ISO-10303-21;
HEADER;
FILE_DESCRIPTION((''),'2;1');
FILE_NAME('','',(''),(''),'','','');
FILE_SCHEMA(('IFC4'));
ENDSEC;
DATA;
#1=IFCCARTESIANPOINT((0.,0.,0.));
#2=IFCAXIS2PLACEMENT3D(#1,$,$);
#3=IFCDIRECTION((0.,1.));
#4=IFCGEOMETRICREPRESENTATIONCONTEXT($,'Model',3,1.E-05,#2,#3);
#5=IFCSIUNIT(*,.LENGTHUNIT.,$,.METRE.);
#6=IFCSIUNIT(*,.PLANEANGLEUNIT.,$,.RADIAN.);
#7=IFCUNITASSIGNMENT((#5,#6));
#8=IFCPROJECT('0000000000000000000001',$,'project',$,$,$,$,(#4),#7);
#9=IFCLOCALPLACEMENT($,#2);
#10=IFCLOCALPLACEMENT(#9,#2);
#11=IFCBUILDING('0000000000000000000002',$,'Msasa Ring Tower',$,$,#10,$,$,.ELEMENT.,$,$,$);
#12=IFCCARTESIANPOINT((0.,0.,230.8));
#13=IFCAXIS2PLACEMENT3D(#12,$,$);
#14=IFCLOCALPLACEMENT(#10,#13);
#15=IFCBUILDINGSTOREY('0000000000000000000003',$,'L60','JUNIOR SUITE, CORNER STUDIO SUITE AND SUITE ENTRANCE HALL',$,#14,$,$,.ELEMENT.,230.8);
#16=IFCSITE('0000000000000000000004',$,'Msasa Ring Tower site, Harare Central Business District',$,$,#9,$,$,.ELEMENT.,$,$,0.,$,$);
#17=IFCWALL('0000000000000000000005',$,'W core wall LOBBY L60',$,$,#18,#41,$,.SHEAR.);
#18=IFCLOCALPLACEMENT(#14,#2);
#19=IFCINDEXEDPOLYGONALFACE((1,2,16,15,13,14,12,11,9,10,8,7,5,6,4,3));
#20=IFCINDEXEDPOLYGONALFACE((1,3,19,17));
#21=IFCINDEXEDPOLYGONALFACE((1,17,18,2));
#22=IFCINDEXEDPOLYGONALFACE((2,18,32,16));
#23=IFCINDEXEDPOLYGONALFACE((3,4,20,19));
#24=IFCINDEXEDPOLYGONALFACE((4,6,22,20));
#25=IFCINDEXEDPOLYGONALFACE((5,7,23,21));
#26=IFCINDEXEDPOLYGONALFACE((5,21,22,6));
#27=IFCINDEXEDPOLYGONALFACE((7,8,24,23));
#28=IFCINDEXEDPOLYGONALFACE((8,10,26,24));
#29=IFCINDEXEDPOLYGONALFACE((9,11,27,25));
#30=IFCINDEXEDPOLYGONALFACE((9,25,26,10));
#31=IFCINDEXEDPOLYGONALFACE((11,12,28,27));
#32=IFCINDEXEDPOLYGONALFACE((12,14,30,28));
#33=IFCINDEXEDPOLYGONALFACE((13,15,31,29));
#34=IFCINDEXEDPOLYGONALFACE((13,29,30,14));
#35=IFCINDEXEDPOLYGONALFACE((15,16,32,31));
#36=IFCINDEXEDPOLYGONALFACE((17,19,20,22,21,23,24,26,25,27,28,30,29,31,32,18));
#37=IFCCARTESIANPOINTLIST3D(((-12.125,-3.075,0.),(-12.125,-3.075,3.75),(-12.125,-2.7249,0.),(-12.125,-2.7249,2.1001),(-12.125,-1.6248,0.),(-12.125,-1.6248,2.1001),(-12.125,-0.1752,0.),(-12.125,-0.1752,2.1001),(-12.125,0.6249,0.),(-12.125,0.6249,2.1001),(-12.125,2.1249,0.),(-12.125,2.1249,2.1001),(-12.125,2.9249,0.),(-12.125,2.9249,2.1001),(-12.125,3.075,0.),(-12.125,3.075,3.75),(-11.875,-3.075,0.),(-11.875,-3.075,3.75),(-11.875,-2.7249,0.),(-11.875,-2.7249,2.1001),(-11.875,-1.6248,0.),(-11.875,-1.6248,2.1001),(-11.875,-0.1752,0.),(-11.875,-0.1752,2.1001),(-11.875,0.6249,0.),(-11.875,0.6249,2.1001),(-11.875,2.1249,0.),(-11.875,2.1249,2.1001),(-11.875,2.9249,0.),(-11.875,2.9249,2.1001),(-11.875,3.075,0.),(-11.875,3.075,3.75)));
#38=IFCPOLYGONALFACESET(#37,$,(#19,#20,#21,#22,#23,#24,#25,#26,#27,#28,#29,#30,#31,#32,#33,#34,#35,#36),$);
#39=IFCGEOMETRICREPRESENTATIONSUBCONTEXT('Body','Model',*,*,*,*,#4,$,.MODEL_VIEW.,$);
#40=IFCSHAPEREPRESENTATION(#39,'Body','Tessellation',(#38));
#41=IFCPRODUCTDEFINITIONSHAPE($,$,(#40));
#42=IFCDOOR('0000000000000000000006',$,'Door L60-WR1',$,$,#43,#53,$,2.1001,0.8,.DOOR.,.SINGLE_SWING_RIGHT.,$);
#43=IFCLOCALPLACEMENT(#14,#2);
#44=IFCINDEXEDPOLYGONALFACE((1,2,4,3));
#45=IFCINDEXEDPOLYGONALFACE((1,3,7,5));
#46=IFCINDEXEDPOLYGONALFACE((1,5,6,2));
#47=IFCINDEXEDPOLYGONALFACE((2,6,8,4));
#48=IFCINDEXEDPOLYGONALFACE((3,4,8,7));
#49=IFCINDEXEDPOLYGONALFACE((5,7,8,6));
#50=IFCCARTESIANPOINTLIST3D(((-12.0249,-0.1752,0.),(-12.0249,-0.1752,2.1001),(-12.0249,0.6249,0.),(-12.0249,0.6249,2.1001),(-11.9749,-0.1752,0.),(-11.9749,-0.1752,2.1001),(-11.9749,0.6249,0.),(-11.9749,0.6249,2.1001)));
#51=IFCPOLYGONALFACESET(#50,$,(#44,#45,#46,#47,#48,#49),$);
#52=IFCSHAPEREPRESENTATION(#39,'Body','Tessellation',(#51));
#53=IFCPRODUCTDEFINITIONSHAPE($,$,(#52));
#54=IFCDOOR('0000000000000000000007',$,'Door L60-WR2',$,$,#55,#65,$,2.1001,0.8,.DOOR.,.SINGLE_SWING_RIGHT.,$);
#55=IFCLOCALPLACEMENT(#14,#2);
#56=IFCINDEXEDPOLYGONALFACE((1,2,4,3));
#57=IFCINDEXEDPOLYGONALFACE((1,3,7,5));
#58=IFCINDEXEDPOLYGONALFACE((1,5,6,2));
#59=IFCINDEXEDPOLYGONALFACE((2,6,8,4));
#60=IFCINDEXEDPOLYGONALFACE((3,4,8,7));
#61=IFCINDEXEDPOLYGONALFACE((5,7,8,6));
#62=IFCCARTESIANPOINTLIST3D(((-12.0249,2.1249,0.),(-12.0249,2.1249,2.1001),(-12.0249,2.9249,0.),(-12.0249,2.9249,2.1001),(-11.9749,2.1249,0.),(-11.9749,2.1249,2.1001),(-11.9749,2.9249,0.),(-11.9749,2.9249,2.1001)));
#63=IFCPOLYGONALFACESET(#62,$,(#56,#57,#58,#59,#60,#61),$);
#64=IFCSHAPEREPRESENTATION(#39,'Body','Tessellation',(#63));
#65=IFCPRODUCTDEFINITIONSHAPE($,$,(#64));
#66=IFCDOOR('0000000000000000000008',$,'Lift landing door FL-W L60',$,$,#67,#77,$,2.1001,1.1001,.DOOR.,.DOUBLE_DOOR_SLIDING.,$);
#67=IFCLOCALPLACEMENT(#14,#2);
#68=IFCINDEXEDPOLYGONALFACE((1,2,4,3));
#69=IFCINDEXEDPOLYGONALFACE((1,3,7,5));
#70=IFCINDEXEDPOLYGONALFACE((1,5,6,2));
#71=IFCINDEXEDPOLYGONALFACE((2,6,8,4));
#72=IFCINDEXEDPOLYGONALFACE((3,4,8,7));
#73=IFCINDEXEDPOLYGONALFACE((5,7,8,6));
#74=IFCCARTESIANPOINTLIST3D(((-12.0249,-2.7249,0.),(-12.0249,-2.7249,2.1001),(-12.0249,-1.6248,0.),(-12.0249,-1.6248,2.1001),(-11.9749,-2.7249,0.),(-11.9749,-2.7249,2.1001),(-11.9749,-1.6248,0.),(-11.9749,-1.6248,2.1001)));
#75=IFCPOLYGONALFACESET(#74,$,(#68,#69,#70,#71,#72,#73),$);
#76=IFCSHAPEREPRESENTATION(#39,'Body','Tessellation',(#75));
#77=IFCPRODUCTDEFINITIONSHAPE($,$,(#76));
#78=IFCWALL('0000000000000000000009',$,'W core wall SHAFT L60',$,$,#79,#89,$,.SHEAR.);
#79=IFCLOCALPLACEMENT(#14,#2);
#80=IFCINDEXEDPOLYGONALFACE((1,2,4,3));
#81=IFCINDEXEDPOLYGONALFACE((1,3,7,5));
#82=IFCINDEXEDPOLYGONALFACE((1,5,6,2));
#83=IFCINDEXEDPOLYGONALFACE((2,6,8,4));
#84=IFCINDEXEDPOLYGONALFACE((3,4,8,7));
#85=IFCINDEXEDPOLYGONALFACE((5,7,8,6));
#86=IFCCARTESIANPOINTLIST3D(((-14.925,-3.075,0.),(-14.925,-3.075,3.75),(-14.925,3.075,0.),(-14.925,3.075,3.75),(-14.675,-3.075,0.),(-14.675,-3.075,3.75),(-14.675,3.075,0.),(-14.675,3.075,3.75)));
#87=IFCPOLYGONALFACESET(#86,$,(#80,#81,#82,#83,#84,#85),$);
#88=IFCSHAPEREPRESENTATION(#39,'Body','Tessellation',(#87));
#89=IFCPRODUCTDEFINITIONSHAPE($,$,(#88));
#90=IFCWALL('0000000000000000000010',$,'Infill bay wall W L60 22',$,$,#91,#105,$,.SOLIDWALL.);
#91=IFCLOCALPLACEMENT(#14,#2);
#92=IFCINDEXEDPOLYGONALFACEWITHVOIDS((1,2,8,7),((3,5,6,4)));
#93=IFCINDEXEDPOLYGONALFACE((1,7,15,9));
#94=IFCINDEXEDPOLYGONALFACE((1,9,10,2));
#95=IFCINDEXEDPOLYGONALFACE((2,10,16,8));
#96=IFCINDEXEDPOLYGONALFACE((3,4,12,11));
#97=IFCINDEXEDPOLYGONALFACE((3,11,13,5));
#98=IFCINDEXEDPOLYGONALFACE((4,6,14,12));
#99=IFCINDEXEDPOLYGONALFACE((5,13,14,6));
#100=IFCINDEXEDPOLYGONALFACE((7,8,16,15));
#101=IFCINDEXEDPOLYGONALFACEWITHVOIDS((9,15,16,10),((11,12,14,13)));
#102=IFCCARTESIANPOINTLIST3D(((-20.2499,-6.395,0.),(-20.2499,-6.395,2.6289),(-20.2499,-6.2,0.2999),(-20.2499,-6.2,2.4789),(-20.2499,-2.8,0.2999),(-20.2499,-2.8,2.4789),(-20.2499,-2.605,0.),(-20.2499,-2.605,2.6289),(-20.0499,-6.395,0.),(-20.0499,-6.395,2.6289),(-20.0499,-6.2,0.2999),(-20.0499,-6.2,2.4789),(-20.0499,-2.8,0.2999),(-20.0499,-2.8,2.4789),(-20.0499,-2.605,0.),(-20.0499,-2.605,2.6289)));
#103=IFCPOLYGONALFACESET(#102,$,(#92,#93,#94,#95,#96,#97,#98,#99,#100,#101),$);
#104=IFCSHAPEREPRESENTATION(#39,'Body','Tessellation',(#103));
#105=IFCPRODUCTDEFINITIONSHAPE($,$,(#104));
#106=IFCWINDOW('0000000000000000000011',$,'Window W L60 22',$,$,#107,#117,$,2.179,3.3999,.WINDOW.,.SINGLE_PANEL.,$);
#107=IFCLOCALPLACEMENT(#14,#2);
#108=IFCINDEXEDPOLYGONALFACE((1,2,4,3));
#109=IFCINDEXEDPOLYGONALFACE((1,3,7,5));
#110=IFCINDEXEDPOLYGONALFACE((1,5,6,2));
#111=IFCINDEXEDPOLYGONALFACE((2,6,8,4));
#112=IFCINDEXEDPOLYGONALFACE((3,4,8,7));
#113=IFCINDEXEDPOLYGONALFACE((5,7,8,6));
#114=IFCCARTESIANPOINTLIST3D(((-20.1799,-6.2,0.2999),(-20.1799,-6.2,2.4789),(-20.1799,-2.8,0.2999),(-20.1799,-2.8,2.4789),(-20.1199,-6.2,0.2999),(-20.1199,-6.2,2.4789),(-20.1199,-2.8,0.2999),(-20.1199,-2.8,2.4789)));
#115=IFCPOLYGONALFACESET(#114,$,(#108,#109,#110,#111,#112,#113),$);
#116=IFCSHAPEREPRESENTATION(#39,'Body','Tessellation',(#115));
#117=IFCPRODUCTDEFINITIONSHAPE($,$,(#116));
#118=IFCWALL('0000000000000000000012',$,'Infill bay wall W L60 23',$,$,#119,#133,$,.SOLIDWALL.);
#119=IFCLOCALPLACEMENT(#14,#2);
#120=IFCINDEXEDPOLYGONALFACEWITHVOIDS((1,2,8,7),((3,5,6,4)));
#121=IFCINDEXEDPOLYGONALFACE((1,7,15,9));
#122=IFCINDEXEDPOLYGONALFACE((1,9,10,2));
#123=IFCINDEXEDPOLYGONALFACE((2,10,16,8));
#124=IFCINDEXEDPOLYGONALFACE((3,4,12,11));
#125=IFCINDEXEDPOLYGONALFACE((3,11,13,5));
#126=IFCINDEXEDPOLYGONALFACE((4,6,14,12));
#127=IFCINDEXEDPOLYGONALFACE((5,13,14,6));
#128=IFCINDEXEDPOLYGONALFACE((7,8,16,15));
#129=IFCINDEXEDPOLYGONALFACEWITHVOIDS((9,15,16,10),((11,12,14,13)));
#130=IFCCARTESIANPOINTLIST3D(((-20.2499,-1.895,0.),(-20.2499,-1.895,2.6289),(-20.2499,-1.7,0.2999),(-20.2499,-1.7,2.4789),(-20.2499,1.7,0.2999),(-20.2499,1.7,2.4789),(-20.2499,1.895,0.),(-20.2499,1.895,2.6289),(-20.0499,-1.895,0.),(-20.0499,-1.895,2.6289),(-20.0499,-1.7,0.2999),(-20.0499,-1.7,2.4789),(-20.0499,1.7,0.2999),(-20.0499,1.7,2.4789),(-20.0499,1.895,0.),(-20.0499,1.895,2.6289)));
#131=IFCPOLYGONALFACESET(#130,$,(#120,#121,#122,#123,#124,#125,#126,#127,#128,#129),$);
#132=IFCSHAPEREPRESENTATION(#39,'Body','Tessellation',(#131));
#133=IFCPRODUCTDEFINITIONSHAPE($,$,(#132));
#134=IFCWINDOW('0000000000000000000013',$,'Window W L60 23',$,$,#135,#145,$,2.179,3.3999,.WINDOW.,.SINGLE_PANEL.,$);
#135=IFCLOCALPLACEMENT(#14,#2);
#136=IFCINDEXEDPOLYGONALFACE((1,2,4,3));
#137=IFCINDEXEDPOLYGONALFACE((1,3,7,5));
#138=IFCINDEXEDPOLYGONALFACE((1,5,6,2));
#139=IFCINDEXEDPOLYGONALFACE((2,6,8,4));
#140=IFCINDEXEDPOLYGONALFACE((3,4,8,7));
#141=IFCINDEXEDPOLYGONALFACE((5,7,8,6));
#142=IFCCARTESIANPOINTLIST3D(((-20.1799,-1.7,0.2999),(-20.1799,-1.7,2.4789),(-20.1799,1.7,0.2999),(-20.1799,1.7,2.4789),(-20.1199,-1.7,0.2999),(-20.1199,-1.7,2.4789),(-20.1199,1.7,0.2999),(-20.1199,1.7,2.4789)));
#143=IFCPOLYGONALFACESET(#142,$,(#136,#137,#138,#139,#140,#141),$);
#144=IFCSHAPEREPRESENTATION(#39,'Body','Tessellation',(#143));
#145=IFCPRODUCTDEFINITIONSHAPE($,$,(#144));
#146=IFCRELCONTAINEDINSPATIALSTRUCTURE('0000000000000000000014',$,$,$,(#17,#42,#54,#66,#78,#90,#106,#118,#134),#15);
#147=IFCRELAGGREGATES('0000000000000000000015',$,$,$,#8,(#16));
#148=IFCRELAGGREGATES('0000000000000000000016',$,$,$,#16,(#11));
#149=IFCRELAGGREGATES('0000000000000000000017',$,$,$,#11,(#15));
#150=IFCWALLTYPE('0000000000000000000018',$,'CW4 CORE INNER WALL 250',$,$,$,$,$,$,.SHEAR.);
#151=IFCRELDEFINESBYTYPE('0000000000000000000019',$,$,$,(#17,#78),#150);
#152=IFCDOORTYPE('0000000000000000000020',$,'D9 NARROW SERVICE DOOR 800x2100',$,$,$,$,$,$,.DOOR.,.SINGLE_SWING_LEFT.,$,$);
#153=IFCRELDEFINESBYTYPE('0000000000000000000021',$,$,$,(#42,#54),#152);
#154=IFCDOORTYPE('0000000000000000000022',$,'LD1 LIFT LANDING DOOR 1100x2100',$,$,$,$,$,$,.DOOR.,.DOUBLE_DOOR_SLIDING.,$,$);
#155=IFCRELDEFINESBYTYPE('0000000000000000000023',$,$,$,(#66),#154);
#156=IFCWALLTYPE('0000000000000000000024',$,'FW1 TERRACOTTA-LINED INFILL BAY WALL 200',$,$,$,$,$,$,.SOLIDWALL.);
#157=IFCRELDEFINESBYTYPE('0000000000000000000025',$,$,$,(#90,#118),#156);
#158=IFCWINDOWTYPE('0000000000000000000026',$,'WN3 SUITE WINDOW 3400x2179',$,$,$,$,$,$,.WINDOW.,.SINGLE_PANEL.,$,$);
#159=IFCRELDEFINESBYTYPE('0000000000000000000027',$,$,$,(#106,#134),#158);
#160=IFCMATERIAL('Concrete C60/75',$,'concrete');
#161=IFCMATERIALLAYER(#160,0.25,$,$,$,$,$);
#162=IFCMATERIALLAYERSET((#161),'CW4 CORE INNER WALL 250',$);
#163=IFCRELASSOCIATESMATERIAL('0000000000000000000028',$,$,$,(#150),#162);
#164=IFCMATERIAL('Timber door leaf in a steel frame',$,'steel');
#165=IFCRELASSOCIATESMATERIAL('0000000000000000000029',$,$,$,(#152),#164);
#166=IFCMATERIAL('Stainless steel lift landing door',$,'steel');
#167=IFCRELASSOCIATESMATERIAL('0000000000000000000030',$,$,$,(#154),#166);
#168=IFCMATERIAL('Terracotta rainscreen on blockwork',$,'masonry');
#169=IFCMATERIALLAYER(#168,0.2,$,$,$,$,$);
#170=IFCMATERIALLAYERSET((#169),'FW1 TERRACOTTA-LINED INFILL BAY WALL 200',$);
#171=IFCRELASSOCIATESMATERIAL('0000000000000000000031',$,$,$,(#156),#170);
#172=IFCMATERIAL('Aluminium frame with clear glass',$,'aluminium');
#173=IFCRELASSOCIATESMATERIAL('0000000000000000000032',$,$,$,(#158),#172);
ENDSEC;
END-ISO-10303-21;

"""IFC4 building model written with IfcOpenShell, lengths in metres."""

from ifc_helpers import new_model, si_unit, direction, frame, frame_2d, origin, place, context, subcontext, project, spatial, rectangle, extrude, material, layer, layer_set, type_object, element, fill, save


model = new_model("IFC4")

# Units and contexts
model_context = context("Model", 3, precision=1e-05, world=origin(), true_north=direction((0.0, 1.0)))
body_context = subcontext(model_context, "Body", "Model", "MODEL_VIEW")
ifc_project = project(units=[si_unit("LENGTHUNIT", "METRE"), si_unit("PLANEANGLEUNIT", "RADIAN")], contexts=[model_context])

# Site, building, storey
site_placement = place(None, origin())
site = spatial("IfcSite", under=ifc_project, at=site_placement, Name="Msasa Ring Tower site, Harare Central Business District", CompositionType="ELEMENT", RefElevation=0.0)
building_placement = place(site_placement, origin())
building = spatial("IfcBuilding", under=site, at=building_placement, Name="Msasa Ring Tower", CompositionType="ELEMENT")
storey_placement = place(building_placement, frame((0.0, 0.0, 230.8)))
storey = spatial("IfcBuildingStorey", under=building, at=storey_placement, Name="L60", Description="JUNIOR SUITE, CORNER STUDIO SUITE AND SUITE ENTRANCE HALL", CompositionType="ELEMENT", Elevation=230.8)

# Shared definitions
ifc_material_1 = material(Name="Concrete C60/75", Category="concrete")
ifc_layer_1 = layer(ifc_material_1, 0.25)
ifc_layer_set_1 = layer_set([ifc_layer_1], Name="CW4 CORE INNER WALL 250")
wall_type_1 = type_object("IfcWallType", Name="CW4 CORE INNER WALL 250", PredefinedType="SHEAR", material=ifc_layer_set_1)

# Wall, openings, doors
wall_1_placement = place(storey_placement, frame((-12.0, -3.075, 0.0), z_axis=(0.0, 0.0, 1.0), x_axis=(0.0, 1.0, 0.0)))
wall_1 = element("IfcWall", 1, at=wall_1_placement, inside=storey, type_object=wall_type_1, Name="W core wall LOBBY L60", PredefinedType="SHEAR", context=body_context, shape_type="SweptSolid", body=[
    extrude(rectangle(XDim=6.1499, YDim=0.25, at=frame_2d((3.075, 0.0))), origin(), (0.0, 0.0, 1.0), 3.75),
])
opening_1_placement = place(wall_1_placement, frame((2.8999, 0.0, 0.0)))
opening_1 = element("IfcOpeningElement", 2, at=opening_1_placement, cuts=wall_1, PredefinedType="OPENING", context=body_context, shape_type="SweptSolid", body=[
    extrude(rectangle(XDim=0.8, YDim=2.1001, at=frame_2d((0.3999, 1.05))), frame((0.0, 0.135, 0.0), z_axis=(0.0, -1.0, 0.0), x_axis=(1.0, 0.0, 0.0)), (0.0, 0.0, 1.0), 0.27),
])
opening_2_placement = place(wall_1_placement, frame((5.2, 0.0, 0.0)))
opening_2 = element("IfcOpeningElement", 3, at=opening_2_placement, cuts=wall_1, PredefinedType="OPENING", context=body_context, shape_type="SweptSolid", body=[
    extrude(rectangle(XDim=0.8, YDim=2.1001, at=frame_2d((0.3999, 1.05))), frame((0.0, 0.135, 0.0), z_axis=(0.0, -1.0, 0.0), x_axis=(1.0, 0.0, 0.0)), (0.0, 0.0, 1.0), 0.27),
])
opening_3_placement = place(wall_1_placement, frame((0.3501, 0.0, 0.0)))
opening_3 = element("IfcOpeningElement", 4, at=opening_3_placement, cuts=wall_1, PredefinedType="OPENING", context=body_context, shape_type="SweptSolid", body=[
    extrude(rectangle(XDim=1.1001, YDim=2.1001, at=frame_2d((0.55, 1.05))), frame((0.0, 0.135, 0.0), z_axis=(0.0, -1.0, 0.0), x_axis=(1.0, 0.0, 0.0)), (0.0, 0.0, 1.0), 0.27),
])
ifc_material_2 = material(Name="Timber door leaf in a steel frame", Category="steel")
door_type_1 = type_object("IfcDoorType", Name="D9 NARROW SERVICE DOOR 800x2100", OperationType="SINGLE_SWING_LEFT", PredefinedType="DOOR", material=ifc_material_2)
door_1_placement = place(opening_1_placement, origin())
door_1 = element("IfcDoor", 5, at=door_1_placement, inside=storey, type_object=door_type_1, Name="Door L60-WR1", OperationType="SINGLE_SWING_RIGHT", OverallHeight=2.1001, OverallWidth=0.8, PredefinedType="DOOR", context=body_context, shape_type="SweptSolid", body=[
    extrude(rectangle(XDim=0.8, YDim=2.1001, at=frame_2d((0.3999, 1.05))), frame((0.0, 0.0249, 0.0), z_axis=(0.0, -1.0, 0.0), x_axis=(1.0, 0.0, 0.0)), (0.0, 0.0, 1.0), 0.05),
])
fill(opening_1, door_1)
door_2_placement = place(opening_2_placement, origin())
door_2 = element("IfcDoor", 6, at=door_2_placement, inside=storey, type_object=door_type_1, Name="Door L60-WR2", OperationType="SINGLE_SWING_RIGHT", OverallHeight=2.1001, OverallWidth=0.8, PredefinedType="DOOR", context=body_context, shape_type="SweptSolid", body=[
    extrude(rectangle(XDim=0.8, YDim=2.1001, at=frame_2d((0.3999, 1.05))), frame((0.0, 0.0249, 0.0), z_axis=(0.0, -1.0, 0.0), x_axis=(1.0, 0.0, 0.0)), (0.0, 0.0, 1.0), 0.05),
])
fill(opening_2, door_2)
ifc_material_3 = material(Name="Stainless steel lift landing door", Category="steel")
door_type_2 = type_object("IfcDoorType", Name="LD1 LIFT LANDING DOOR 1100x2100", OperationType="DOUBLE_DOOR_SLIDING", PredefinedType="DOOR", material=ifc_material_3)
door_3_placement = place(opening_3_placement, origin())
door_3 = element("IfcDoor", 7, at=door_3_placement, inside=storey, type_object=door_type_2, Name="Lift landing door FL-W L60", OperationType="DOUBLE_DOOR_SLIDING", OverallHeight=2.1001, OverallWidth=1.1001, PredefinedType="DOOR", context=body_context, shape_type="SweptSolid", body=[
    extrude(rectangle(XDim=1.1001, YDim=2.1001, at=frame_2d((0.55, 1.05))), frame((0.0, 0.0249, 0.0), z_axis=(0.0, -1.0, 0.0), x_axis=(1.0, 0.0, 0.0)), (0.0, 0.0, 1.0), 0.05),
])
fill(opening_3, door_3)

# Wall
wall_2_placement = place(storey_placement, frame((-14.8, -3.075, 0.0), z_axis=(0.0, 0.0, 1.0), x_axis=(0.0, 1.0, 0.0)))
element("IfcWall", 8, at=wall_2_placement, inside=storey, type_object=wall_type_1, Name="W core wall SHAFT L60", PredefinedType="SHEAR", context=body_context, shape_type="SweptSolid", body=[
    extrude(rectangle(XDim=6.1499, YDim=0.25, at=frame_2d((3.075, 0.0))), origin(), (0.0, 0.0, 1.0), 3.75),
])

# Walls, openings, windows
ifc_material_4 = material(Name="Terracotta rainscreen on blockwork", Category="masonry")
ifc_layer_2 = layer(ifc_material_4, 0.2)
ifc_layer_set_2 = layer_set([ifc_layer_2], Name="FW1 TERRACOTTA-LINED INFILL BAY WALL 200")
wall_type_2 = type_object("IfcWallType", Name="FW1 TERRACOTTA-LINED INFILL BAY WALL 200", PredefinedType="SOLIDWALL", material=ifc_layer_set_2)
wall_3_placement = place(storey_placement, frame((-20.1499, -6.395, 0.0), z_axis=(0.0, 0.0, 1.0), x_axis=(0.0, 1.0, 0.0)))
wall_3 = element("IfcWall", 9, at=wall_3_placement, inside=storey, type_object=wall_type_2, Name="Infill bay wall W L60 22", PredefinedType="SOLIDWALL", context=body_context, shape_type="SweptSolid", body=[
    extrude(rectangle(XDim=3.79, YDim=0.2, at=frame_2d((1.895, 0.0))), origin(), (0.0, 0.0, 1.0), 2.6289),
])
opening_4_placement = place(wall_3_placement, frame((0.1951, 0.0, 0.3)))
opening_4 = element("IfcOpeningElement", 10, at=opening_4_placement, cuts=wall_3, PredefinedType="OPENING", context=body_context, shape_type="SweptSolid", body=[
    extrude(rectangle(XDim=3.3999, YDim=2.179, at=frame_2d((1.7, 1.0894))), frame((0.0, 0.1099, 0.0), z_axis=(0.0, -1.0, 0.0), x_axis=(1.0, 0.0, 0.0)), (0.0, 0.0, 1.0), 0.22),
])
ifc_material_5 = material(Name="Aluminium frame with clear glass", Category="aluminium")
window_type = type_object("IfcWindowType", Name="WN3 SUITE WINDOW 3400x2179", PartitioningType="SINGLE_PANEL", PredefinedType="WINDOW", material=ifc_material_5)
window_1_placement = place(opening_4_placement, origin())
window_1 = element("IfcWindow", 11, at=window_1_placement, inside=storey, type_object=window_type, Name="Window W L60 22", OverallHeight=2.179, OverallWidth=3.3999, PartitioningType="SINGLE_PANEL", PredefinedType="WINDOW", context=body_context, shape_type="SweptSolid", body=[
    extrude(rectangle(XDim=3.3999, YDim=2.179, at=frame_2d((1.7, 1.0894))), frame((0.0, 0.03, 0.0), z_axis=(0.0, -1.0, 0.0), x_axis=(1.0, 0.0, 0.0)), (0.0, 0.0, 1.0), 0.0601),
])
fill(opening_4, window_1)
wall_4_placement = place(storey_placement, frame((-20.1499, -1.895, 0.0), z_axis=(0.0, 0.0, 1.0), x_axis=(0.0, 1.0, 0.0)))
wall_4 = element("IfcWall", 12, at=wall_4_placement, inside=storey, type_object=wall_type_2, Name="Infill bay wall W L60 23", PredefinedType="SOLIDWALL", context=body_context, shape_type="SweptSolid", body=[
    extrude(rectangle(XDim=3.79, YDim=0.2, at=frame_2d((1.895, 0.0))), origin(), (0.0, 0.0, 1.0), 2.6289),
])
opening_5_placement = place(wall_4_placement, frame((0.1951, 0.0, 0.3)))
opening_5 = element("IfcOpeningElement", 13, at=opening_5_placement, cuts=wall_4, PredefinedType="OPENING", context=body_context, shape_type="SweptSolid", body=[
    extrude(rectangle(XDim=3.3999, YDim=2.179, at=frame_2d((1.7, 1.0894))), frame((0.0, 0.1099, 0.0), z_axis=(0.0, -1.0, 0.0), x_axis=(1.0, 0.0, 0.0)), (0.0, 0.0, 1.0), 0.22),
])
window_2_placement = place(opening_5_placement, origin())
window_2 = element("IfcWindow", 14, at=window_2_placement, inside=storey, type_object=window_type, Name="Window W L60 23", OverallHeight=2.179, OverallWidth=3.3999, PartitioningType="SINGLE_PANEL", PredefinedType="WINDOW", context=body_context, shape_type="SweptSolid", body=[
    extrude(rectangle(XDim=3.3999, YDim=2.179, at=frame_2d((1.7, 1.0894))), frame((0.0, 0.03, 0.0), z_axis=(0.0, -1.0, 0.0), x_axis=(1.0, 0.0, 0.0)), (0.0, 0.0, 1.0), 0.0601),
])
fill(opening_5, window_2)

save(model, "model.ifc")
